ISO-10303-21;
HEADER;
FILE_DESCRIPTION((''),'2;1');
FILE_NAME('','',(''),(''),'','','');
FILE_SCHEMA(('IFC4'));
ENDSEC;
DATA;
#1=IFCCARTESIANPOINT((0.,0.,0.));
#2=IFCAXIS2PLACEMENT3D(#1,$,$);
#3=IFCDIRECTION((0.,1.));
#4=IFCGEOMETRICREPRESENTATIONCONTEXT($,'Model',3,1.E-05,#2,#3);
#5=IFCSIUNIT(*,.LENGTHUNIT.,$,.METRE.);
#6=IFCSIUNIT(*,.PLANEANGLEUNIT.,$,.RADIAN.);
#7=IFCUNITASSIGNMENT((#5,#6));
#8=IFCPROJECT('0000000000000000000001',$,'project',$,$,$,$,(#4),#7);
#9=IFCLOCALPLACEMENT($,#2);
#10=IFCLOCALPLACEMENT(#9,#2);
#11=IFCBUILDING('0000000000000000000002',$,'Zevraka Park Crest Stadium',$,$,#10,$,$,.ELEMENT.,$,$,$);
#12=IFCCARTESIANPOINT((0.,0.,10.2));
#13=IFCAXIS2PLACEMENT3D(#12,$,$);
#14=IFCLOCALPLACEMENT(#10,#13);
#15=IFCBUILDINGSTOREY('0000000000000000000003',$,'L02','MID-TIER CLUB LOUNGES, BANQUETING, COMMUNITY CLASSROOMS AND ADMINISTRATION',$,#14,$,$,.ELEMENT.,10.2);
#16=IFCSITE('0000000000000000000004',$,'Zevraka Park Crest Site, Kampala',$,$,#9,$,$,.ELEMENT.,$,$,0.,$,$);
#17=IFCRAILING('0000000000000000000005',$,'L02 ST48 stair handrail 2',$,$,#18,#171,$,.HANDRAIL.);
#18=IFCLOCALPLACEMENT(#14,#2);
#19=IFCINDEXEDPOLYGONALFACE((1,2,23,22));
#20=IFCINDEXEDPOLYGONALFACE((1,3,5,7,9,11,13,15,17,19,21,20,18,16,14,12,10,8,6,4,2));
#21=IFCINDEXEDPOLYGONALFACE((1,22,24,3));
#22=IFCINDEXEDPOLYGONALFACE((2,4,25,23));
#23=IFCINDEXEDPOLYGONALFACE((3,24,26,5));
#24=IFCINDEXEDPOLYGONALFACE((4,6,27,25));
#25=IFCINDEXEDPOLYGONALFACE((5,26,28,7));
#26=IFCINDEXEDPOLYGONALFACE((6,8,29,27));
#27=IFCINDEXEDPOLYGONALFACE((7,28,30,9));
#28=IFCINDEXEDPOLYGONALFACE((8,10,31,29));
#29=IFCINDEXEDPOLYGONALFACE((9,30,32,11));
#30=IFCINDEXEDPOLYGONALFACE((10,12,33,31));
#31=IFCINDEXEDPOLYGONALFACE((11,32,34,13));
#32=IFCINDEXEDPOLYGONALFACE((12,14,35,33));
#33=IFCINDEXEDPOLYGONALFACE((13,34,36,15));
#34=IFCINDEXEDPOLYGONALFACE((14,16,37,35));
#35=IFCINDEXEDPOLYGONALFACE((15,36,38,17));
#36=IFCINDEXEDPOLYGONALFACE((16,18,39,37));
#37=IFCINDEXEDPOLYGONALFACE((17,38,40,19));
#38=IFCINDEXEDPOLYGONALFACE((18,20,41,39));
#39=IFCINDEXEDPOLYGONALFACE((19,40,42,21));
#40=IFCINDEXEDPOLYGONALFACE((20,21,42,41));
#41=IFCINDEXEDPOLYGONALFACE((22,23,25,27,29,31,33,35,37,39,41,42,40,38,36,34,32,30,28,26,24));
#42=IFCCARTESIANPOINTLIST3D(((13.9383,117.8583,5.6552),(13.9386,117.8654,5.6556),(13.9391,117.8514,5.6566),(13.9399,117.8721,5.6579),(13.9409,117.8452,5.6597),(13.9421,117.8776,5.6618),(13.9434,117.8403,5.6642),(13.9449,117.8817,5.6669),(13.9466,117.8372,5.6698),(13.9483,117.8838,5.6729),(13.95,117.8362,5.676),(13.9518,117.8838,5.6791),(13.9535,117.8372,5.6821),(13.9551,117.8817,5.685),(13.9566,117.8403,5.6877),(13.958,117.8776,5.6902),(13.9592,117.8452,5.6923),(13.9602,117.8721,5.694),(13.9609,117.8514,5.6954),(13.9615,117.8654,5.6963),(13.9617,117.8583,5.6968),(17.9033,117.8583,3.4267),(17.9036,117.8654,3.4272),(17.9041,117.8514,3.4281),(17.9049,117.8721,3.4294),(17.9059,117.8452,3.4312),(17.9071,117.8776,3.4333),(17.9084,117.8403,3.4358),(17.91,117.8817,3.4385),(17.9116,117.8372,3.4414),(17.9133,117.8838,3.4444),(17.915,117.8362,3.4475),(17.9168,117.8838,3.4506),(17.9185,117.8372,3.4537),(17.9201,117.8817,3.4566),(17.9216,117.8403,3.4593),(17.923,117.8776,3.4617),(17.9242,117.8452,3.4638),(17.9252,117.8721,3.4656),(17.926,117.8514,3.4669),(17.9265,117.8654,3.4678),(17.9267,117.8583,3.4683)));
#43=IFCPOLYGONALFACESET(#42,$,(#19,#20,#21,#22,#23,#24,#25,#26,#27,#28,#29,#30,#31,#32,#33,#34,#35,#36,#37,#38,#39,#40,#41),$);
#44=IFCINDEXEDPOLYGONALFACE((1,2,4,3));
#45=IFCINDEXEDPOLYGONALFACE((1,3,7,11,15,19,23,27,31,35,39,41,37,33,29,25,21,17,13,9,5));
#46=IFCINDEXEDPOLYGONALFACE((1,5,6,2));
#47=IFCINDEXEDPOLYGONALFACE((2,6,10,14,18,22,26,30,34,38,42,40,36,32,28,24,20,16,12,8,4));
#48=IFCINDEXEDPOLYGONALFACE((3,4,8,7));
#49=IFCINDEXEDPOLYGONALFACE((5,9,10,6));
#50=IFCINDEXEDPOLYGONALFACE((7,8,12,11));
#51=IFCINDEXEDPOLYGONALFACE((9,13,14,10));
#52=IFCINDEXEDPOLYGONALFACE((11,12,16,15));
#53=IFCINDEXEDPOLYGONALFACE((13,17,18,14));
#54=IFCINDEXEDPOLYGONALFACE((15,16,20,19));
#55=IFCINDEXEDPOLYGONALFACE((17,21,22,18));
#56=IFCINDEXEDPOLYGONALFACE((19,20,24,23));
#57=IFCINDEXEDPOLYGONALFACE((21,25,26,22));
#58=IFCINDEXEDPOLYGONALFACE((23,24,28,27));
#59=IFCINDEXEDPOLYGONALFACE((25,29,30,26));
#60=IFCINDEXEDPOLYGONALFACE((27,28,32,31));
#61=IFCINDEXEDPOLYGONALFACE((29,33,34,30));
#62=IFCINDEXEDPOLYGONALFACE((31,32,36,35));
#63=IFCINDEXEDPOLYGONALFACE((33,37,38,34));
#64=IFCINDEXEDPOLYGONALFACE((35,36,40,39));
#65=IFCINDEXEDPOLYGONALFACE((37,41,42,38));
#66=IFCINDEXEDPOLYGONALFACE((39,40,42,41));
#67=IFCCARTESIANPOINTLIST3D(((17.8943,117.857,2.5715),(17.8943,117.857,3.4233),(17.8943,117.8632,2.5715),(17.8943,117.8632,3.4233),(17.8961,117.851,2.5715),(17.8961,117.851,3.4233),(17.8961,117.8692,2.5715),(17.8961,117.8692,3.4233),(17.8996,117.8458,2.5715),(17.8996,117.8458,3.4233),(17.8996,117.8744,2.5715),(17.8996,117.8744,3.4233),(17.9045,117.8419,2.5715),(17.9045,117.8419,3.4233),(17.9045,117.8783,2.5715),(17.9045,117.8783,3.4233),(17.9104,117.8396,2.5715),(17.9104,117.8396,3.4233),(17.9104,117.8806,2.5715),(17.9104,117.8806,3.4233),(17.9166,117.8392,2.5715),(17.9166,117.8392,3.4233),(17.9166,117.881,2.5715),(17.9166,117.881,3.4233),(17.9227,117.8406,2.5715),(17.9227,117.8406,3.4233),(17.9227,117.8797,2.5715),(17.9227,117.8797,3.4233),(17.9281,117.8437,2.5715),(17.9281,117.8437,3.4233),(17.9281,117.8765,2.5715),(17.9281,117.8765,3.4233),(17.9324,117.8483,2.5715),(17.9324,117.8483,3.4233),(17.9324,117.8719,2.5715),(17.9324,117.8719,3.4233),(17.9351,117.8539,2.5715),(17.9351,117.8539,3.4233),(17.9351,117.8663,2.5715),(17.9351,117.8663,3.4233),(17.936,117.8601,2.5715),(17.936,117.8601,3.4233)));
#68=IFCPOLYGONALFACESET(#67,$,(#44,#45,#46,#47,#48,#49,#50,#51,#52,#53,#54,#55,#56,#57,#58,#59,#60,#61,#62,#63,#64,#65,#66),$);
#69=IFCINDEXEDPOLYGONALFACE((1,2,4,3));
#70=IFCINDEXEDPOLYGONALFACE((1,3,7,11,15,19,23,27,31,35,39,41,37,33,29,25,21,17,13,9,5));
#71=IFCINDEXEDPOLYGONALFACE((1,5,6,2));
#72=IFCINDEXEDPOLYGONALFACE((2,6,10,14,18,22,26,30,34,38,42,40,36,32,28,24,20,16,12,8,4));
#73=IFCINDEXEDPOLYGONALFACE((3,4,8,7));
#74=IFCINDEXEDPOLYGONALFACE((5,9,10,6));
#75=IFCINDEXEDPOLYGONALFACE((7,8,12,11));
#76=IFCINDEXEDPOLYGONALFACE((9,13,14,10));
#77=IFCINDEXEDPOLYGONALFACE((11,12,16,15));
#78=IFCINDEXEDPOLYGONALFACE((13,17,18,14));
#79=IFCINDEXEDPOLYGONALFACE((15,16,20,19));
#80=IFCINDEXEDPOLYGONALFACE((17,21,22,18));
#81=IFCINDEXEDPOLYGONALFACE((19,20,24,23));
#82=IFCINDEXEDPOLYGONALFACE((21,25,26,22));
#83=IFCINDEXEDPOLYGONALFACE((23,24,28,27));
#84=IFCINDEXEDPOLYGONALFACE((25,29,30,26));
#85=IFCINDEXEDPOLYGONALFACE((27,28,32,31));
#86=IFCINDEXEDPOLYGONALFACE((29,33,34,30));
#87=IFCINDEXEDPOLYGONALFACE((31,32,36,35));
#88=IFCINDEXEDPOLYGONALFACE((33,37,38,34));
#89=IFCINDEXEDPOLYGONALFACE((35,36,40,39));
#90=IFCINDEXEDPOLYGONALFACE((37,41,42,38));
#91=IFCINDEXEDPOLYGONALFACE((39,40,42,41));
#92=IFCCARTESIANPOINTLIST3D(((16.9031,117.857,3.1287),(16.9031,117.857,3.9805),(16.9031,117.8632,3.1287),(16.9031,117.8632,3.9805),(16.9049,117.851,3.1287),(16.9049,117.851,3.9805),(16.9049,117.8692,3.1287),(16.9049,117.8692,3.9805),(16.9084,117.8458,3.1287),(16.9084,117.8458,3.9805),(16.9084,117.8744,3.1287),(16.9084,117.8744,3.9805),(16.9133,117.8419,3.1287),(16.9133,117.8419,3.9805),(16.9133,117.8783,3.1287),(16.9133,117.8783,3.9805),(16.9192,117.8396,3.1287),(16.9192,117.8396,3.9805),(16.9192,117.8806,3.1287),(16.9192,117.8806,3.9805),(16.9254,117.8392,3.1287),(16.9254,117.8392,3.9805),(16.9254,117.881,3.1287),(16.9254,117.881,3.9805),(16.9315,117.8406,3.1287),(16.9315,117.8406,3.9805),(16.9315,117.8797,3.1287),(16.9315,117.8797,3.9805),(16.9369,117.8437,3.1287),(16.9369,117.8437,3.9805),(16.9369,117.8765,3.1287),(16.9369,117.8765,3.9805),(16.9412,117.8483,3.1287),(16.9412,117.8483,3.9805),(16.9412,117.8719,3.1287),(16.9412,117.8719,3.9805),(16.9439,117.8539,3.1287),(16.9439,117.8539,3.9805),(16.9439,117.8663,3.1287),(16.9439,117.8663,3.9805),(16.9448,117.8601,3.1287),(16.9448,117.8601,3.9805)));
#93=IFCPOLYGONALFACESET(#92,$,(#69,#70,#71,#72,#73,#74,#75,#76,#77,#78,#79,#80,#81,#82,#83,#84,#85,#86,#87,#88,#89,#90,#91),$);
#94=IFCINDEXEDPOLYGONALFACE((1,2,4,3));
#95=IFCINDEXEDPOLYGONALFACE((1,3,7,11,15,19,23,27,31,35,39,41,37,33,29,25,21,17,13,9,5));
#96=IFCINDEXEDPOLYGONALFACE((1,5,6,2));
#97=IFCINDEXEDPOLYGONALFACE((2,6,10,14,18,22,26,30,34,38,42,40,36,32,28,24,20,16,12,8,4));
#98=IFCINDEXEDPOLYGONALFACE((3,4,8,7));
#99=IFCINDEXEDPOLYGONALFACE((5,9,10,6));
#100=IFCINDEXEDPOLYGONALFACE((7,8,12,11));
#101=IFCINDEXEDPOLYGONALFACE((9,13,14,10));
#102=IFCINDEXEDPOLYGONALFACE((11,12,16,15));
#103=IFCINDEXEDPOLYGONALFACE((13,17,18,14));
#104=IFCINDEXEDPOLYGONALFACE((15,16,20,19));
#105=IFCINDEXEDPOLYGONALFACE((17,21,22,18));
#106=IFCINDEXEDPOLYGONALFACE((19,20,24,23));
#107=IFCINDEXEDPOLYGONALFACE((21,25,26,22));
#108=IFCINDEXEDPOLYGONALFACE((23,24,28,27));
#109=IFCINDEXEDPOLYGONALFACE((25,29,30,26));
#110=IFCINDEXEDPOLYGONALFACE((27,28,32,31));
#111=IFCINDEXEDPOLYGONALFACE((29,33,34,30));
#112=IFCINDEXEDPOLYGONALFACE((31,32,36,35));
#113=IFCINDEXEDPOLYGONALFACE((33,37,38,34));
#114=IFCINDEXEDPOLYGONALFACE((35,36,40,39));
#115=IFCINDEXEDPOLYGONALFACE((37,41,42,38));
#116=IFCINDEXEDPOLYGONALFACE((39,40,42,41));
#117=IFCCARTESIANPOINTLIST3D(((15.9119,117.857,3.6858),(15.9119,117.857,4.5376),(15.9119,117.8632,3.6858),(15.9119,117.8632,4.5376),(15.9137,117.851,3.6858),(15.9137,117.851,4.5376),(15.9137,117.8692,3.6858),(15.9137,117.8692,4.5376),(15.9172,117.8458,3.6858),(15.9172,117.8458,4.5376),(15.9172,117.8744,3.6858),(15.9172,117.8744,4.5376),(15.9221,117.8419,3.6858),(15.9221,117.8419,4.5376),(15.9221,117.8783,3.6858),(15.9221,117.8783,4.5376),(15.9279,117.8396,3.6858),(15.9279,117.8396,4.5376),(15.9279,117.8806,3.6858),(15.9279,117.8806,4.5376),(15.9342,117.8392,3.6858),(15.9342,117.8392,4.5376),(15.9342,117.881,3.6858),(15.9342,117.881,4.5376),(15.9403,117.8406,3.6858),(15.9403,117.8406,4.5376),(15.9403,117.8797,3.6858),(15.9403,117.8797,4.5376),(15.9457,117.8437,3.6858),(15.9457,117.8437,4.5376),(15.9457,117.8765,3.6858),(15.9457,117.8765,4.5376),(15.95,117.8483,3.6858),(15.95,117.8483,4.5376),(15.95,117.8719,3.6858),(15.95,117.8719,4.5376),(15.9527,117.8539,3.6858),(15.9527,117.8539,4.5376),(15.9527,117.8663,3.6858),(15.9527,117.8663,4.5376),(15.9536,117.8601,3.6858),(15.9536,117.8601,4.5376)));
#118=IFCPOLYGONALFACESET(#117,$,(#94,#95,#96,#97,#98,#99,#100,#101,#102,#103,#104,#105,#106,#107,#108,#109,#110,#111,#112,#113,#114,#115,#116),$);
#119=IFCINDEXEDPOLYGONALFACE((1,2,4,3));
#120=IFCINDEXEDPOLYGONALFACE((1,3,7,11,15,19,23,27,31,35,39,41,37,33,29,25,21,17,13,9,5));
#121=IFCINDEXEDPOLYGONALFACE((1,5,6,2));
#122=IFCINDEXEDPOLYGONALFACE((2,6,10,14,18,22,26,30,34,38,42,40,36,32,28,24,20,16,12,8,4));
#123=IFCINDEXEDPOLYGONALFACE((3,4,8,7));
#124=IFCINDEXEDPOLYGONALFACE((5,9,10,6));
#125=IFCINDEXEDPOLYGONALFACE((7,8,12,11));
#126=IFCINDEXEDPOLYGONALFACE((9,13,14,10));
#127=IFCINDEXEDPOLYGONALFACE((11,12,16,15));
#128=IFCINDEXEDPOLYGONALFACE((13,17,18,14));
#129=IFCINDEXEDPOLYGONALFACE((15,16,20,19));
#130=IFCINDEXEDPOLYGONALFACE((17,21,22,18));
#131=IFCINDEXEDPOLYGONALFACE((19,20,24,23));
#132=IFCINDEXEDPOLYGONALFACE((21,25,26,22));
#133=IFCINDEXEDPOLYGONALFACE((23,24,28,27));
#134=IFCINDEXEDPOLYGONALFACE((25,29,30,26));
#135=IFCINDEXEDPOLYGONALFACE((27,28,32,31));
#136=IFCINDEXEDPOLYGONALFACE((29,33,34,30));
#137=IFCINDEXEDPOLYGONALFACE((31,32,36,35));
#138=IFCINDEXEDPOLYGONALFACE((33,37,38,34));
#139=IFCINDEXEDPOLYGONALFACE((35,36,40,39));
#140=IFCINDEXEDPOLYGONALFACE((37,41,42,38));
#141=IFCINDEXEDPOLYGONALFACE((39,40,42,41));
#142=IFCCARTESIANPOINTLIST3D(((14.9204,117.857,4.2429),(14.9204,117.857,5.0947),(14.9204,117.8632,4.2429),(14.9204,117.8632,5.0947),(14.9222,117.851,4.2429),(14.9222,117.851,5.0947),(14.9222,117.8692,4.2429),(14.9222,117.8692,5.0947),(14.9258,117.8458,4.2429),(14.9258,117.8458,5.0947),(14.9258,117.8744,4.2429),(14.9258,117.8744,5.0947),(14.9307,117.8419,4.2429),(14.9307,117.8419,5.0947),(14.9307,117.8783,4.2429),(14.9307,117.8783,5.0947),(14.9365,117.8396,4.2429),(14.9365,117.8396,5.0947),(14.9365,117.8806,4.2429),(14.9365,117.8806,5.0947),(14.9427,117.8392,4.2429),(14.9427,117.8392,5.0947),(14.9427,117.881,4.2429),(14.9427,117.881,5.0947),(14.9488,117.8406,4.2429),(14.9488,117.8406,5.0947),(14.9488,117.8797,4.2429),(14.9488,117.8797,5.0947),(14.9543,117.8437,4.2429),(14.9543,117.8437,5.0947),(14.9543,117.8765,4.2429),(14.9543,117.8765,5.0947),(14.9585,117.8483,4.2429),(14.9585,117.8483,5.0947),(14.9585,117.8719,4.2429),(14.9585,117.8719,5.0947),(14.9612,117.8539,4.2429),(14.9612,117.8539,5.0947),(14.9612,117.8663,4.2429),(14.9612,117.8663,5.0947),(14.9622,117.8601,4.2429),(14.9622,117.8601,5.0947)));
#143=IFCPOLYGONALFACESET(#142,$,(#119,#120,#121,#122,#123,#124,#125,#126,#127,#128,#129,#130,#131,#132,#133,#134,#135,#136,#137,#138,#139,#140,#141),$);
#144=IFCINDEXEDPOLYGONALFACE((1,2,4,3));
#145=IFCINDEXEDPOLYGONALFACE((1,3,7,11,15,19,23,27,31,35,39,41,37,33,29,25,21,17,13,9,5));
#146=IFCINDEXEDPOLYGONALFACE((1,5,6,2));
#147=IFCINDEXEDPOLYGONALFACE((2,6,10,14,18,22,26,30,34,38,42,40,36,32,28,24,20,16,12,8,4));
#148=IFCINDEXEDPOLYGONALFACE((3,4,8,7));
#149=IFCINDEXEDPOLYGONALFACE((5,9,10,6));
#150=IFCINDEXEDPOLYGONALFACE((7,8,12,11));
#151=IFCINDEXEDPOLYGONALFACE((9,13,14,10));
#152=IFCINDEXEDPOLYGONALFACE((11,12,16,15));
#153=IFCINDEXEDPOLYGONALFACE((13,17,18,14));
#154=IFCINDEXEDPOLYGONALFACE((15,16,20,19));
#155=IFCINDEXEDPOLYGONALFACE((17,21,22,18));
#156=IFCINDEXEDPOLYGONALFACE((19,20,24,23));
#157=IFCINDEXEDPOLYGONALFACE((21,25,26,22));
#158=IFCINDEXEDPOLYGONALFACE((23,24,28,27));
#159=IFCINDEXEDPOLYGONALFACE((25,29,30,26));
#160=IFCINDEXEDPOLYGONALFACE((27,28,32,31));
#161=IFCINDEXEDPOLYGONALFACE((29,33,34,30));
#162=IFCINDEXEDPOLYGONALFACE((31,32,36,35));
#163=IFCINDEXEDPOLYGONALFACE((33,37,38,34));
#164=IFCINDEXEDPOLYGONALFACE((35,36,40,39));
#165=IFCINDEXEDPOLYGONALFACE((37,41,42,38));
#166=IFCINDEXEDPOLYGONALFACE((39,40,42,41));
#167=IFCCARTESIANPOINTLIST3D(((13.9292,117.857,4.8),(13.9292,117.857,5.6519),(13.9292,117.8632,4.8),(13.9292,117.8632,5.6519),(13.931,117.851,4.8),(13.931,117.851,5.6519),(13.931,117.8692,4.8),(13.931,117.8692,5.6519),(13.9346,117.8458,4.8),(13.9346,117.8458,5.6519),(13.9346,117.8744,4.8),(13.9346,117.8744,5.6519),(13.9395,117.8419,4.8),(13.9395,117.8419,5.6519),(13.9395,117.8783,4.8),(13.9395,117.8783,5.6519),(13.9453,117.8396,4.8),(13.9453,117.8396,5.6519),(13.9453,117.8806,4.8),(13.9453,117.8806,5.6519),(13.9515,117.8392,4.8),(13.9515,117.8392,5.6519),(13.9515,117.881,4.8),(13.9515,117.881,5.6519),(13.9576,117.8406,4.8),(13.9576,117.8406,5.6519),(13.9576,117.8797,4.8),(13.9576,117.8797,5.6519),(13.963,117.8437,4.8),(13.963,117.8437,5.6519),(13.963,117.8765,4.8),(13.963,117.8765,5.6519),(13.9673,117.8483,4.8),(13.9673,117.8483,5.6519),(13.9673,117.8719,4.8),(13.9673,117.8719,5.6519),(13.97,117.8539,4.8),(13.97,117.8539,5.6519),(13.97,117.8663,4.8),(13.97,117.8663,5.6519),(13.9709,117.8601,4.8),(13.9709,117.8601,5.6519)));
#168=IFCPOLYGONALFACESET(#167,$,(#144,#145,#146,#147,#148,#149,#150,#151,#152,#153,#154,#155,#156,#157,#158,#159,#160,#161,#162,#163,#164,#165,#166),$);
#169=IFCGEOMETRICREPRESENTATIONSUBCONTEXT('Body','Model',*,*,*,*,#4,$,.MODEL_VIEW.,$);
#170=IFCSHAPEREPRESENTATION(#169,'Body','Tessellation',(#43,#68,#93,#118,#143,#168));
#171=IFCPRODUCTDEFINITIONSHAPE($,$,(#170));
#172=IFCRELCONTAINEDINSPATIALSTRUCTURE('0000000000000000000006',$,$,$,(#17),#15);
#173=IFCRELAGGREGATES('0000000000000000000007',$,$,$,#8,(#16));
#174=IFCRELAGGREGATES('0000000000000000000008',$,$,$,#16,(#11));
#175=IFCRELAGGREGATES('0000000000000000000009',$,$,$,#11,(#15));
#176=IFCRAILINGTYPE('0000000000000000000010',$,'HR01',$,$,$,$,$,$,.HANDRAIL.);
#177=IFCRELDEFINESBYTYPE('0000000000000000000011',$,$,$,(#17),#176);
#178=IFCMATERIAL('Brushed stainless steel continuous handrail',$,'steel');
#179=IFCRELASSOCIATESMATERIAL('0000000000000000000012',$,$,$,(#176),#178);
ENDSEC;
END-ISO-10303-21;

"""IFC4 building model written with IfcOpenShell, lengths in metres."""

from ifc_helpers import new_model, si_unit, direction, frame, origin, origin_2d, place, context, subcontext, project, spatial, circle, extrude, material, type_object, element, save


model = new_model("IFC4")

# Units and contexts
model_context = context("Model", 3, precision=1e-05, world=origin(), true_north=direction((0.0, 1.0)))
body_context = subcontext(model_context, "Body", "Model", "MODEL_VIEW")
ifc_project = project(units=[si_unit("LENGTHUNIT", "METRE"), si_unit("PLANEANGLEUNIT", "RADIAN")], contexts=[model_context])

# Site, building, storey
site_placement = place(None, origin())
site = spatial("IfcSite", under=ifc_project, at=site_placement, Name="Zevraka Park Crest Site, Kampala", CompositionType="ELEMENT", RefElevation=0.0)
building_placement = place(site_placement, origin())
building = spatial("IfcBuilding", under=site, at=building_placement, Name="Zevraka Park Crest Stadium", CompositionType="ELEMENT")
storey_placement = place(building_placement, frame((0.0, 0.0, 10.2)))
storey = spatial("IfcBuildingStorey", under=building, at=storey_placement, Name="L02", Description="MID-TIER CLUB LOUNGES, BANQUETING, COMMUNITY CLASSROOMS AND ADMINISTRATION", CompositionType="ELEMENT", Elevation=10.2)

# Railing
ifc_material_1 = material(Name="Brushed stainless steel continuous handrail", Category="steel")
railing_type_1 = type_object("IfcRailingType", Name="HR01", PredefinedType="HANDRAIL", material=ifc_material_1)
railing_1_placement = place(storey_placement, frame((17.915, 117.8601, 2.5715)))
element("IfcRailing", 1, at=railing_1_placement, inside=storey, type_object=railing_type_1, Name="L02 ST48 stair handrail 2", PredefinedType="HANDRAIL", context=body_context, shape_type="SweptSolid", body=[
    extrude(circle(Radius=0.0239, at=origin_2d()), frame((0.0, 0.0, 0.876), z_axis=(-0.871749, 0.0, 0.489953), x_axis=(0.0, -1.0, 0.0)), (0.0, 0.0, 1.0), 4.5483),
    extrude(circle(Radius=0.021, at=origin_2d()), origin(), (0.0, 0.0, 1.0), 0.8518),
    extrude(circle(Radius=0.021, at=origin_2d()), frame((-0.9912, 0.0, 0.5571)), (0.0, 0.0, 1.0), 0.8518),
    extrude(circle(Radius=0.021, at=origin_2d()), frame((-1.9824, 0.0, 1.1143)), (0.0, 0.0, 1.0), 0.8518),
    extrude(circle(Radius=0.021, at=origin_2d()), frame((-2.9739, 0.0, 1.6714)), (0.0, 0.0, 1.0), 0.8518),
    extrude(circle(Radius=0.021, at=origin_2d()), frame((-3.9651, 0.0, 2.2285)), (0.0, 0.0, 1.0), 0.8518),
])

save(model, "model.ifc")
